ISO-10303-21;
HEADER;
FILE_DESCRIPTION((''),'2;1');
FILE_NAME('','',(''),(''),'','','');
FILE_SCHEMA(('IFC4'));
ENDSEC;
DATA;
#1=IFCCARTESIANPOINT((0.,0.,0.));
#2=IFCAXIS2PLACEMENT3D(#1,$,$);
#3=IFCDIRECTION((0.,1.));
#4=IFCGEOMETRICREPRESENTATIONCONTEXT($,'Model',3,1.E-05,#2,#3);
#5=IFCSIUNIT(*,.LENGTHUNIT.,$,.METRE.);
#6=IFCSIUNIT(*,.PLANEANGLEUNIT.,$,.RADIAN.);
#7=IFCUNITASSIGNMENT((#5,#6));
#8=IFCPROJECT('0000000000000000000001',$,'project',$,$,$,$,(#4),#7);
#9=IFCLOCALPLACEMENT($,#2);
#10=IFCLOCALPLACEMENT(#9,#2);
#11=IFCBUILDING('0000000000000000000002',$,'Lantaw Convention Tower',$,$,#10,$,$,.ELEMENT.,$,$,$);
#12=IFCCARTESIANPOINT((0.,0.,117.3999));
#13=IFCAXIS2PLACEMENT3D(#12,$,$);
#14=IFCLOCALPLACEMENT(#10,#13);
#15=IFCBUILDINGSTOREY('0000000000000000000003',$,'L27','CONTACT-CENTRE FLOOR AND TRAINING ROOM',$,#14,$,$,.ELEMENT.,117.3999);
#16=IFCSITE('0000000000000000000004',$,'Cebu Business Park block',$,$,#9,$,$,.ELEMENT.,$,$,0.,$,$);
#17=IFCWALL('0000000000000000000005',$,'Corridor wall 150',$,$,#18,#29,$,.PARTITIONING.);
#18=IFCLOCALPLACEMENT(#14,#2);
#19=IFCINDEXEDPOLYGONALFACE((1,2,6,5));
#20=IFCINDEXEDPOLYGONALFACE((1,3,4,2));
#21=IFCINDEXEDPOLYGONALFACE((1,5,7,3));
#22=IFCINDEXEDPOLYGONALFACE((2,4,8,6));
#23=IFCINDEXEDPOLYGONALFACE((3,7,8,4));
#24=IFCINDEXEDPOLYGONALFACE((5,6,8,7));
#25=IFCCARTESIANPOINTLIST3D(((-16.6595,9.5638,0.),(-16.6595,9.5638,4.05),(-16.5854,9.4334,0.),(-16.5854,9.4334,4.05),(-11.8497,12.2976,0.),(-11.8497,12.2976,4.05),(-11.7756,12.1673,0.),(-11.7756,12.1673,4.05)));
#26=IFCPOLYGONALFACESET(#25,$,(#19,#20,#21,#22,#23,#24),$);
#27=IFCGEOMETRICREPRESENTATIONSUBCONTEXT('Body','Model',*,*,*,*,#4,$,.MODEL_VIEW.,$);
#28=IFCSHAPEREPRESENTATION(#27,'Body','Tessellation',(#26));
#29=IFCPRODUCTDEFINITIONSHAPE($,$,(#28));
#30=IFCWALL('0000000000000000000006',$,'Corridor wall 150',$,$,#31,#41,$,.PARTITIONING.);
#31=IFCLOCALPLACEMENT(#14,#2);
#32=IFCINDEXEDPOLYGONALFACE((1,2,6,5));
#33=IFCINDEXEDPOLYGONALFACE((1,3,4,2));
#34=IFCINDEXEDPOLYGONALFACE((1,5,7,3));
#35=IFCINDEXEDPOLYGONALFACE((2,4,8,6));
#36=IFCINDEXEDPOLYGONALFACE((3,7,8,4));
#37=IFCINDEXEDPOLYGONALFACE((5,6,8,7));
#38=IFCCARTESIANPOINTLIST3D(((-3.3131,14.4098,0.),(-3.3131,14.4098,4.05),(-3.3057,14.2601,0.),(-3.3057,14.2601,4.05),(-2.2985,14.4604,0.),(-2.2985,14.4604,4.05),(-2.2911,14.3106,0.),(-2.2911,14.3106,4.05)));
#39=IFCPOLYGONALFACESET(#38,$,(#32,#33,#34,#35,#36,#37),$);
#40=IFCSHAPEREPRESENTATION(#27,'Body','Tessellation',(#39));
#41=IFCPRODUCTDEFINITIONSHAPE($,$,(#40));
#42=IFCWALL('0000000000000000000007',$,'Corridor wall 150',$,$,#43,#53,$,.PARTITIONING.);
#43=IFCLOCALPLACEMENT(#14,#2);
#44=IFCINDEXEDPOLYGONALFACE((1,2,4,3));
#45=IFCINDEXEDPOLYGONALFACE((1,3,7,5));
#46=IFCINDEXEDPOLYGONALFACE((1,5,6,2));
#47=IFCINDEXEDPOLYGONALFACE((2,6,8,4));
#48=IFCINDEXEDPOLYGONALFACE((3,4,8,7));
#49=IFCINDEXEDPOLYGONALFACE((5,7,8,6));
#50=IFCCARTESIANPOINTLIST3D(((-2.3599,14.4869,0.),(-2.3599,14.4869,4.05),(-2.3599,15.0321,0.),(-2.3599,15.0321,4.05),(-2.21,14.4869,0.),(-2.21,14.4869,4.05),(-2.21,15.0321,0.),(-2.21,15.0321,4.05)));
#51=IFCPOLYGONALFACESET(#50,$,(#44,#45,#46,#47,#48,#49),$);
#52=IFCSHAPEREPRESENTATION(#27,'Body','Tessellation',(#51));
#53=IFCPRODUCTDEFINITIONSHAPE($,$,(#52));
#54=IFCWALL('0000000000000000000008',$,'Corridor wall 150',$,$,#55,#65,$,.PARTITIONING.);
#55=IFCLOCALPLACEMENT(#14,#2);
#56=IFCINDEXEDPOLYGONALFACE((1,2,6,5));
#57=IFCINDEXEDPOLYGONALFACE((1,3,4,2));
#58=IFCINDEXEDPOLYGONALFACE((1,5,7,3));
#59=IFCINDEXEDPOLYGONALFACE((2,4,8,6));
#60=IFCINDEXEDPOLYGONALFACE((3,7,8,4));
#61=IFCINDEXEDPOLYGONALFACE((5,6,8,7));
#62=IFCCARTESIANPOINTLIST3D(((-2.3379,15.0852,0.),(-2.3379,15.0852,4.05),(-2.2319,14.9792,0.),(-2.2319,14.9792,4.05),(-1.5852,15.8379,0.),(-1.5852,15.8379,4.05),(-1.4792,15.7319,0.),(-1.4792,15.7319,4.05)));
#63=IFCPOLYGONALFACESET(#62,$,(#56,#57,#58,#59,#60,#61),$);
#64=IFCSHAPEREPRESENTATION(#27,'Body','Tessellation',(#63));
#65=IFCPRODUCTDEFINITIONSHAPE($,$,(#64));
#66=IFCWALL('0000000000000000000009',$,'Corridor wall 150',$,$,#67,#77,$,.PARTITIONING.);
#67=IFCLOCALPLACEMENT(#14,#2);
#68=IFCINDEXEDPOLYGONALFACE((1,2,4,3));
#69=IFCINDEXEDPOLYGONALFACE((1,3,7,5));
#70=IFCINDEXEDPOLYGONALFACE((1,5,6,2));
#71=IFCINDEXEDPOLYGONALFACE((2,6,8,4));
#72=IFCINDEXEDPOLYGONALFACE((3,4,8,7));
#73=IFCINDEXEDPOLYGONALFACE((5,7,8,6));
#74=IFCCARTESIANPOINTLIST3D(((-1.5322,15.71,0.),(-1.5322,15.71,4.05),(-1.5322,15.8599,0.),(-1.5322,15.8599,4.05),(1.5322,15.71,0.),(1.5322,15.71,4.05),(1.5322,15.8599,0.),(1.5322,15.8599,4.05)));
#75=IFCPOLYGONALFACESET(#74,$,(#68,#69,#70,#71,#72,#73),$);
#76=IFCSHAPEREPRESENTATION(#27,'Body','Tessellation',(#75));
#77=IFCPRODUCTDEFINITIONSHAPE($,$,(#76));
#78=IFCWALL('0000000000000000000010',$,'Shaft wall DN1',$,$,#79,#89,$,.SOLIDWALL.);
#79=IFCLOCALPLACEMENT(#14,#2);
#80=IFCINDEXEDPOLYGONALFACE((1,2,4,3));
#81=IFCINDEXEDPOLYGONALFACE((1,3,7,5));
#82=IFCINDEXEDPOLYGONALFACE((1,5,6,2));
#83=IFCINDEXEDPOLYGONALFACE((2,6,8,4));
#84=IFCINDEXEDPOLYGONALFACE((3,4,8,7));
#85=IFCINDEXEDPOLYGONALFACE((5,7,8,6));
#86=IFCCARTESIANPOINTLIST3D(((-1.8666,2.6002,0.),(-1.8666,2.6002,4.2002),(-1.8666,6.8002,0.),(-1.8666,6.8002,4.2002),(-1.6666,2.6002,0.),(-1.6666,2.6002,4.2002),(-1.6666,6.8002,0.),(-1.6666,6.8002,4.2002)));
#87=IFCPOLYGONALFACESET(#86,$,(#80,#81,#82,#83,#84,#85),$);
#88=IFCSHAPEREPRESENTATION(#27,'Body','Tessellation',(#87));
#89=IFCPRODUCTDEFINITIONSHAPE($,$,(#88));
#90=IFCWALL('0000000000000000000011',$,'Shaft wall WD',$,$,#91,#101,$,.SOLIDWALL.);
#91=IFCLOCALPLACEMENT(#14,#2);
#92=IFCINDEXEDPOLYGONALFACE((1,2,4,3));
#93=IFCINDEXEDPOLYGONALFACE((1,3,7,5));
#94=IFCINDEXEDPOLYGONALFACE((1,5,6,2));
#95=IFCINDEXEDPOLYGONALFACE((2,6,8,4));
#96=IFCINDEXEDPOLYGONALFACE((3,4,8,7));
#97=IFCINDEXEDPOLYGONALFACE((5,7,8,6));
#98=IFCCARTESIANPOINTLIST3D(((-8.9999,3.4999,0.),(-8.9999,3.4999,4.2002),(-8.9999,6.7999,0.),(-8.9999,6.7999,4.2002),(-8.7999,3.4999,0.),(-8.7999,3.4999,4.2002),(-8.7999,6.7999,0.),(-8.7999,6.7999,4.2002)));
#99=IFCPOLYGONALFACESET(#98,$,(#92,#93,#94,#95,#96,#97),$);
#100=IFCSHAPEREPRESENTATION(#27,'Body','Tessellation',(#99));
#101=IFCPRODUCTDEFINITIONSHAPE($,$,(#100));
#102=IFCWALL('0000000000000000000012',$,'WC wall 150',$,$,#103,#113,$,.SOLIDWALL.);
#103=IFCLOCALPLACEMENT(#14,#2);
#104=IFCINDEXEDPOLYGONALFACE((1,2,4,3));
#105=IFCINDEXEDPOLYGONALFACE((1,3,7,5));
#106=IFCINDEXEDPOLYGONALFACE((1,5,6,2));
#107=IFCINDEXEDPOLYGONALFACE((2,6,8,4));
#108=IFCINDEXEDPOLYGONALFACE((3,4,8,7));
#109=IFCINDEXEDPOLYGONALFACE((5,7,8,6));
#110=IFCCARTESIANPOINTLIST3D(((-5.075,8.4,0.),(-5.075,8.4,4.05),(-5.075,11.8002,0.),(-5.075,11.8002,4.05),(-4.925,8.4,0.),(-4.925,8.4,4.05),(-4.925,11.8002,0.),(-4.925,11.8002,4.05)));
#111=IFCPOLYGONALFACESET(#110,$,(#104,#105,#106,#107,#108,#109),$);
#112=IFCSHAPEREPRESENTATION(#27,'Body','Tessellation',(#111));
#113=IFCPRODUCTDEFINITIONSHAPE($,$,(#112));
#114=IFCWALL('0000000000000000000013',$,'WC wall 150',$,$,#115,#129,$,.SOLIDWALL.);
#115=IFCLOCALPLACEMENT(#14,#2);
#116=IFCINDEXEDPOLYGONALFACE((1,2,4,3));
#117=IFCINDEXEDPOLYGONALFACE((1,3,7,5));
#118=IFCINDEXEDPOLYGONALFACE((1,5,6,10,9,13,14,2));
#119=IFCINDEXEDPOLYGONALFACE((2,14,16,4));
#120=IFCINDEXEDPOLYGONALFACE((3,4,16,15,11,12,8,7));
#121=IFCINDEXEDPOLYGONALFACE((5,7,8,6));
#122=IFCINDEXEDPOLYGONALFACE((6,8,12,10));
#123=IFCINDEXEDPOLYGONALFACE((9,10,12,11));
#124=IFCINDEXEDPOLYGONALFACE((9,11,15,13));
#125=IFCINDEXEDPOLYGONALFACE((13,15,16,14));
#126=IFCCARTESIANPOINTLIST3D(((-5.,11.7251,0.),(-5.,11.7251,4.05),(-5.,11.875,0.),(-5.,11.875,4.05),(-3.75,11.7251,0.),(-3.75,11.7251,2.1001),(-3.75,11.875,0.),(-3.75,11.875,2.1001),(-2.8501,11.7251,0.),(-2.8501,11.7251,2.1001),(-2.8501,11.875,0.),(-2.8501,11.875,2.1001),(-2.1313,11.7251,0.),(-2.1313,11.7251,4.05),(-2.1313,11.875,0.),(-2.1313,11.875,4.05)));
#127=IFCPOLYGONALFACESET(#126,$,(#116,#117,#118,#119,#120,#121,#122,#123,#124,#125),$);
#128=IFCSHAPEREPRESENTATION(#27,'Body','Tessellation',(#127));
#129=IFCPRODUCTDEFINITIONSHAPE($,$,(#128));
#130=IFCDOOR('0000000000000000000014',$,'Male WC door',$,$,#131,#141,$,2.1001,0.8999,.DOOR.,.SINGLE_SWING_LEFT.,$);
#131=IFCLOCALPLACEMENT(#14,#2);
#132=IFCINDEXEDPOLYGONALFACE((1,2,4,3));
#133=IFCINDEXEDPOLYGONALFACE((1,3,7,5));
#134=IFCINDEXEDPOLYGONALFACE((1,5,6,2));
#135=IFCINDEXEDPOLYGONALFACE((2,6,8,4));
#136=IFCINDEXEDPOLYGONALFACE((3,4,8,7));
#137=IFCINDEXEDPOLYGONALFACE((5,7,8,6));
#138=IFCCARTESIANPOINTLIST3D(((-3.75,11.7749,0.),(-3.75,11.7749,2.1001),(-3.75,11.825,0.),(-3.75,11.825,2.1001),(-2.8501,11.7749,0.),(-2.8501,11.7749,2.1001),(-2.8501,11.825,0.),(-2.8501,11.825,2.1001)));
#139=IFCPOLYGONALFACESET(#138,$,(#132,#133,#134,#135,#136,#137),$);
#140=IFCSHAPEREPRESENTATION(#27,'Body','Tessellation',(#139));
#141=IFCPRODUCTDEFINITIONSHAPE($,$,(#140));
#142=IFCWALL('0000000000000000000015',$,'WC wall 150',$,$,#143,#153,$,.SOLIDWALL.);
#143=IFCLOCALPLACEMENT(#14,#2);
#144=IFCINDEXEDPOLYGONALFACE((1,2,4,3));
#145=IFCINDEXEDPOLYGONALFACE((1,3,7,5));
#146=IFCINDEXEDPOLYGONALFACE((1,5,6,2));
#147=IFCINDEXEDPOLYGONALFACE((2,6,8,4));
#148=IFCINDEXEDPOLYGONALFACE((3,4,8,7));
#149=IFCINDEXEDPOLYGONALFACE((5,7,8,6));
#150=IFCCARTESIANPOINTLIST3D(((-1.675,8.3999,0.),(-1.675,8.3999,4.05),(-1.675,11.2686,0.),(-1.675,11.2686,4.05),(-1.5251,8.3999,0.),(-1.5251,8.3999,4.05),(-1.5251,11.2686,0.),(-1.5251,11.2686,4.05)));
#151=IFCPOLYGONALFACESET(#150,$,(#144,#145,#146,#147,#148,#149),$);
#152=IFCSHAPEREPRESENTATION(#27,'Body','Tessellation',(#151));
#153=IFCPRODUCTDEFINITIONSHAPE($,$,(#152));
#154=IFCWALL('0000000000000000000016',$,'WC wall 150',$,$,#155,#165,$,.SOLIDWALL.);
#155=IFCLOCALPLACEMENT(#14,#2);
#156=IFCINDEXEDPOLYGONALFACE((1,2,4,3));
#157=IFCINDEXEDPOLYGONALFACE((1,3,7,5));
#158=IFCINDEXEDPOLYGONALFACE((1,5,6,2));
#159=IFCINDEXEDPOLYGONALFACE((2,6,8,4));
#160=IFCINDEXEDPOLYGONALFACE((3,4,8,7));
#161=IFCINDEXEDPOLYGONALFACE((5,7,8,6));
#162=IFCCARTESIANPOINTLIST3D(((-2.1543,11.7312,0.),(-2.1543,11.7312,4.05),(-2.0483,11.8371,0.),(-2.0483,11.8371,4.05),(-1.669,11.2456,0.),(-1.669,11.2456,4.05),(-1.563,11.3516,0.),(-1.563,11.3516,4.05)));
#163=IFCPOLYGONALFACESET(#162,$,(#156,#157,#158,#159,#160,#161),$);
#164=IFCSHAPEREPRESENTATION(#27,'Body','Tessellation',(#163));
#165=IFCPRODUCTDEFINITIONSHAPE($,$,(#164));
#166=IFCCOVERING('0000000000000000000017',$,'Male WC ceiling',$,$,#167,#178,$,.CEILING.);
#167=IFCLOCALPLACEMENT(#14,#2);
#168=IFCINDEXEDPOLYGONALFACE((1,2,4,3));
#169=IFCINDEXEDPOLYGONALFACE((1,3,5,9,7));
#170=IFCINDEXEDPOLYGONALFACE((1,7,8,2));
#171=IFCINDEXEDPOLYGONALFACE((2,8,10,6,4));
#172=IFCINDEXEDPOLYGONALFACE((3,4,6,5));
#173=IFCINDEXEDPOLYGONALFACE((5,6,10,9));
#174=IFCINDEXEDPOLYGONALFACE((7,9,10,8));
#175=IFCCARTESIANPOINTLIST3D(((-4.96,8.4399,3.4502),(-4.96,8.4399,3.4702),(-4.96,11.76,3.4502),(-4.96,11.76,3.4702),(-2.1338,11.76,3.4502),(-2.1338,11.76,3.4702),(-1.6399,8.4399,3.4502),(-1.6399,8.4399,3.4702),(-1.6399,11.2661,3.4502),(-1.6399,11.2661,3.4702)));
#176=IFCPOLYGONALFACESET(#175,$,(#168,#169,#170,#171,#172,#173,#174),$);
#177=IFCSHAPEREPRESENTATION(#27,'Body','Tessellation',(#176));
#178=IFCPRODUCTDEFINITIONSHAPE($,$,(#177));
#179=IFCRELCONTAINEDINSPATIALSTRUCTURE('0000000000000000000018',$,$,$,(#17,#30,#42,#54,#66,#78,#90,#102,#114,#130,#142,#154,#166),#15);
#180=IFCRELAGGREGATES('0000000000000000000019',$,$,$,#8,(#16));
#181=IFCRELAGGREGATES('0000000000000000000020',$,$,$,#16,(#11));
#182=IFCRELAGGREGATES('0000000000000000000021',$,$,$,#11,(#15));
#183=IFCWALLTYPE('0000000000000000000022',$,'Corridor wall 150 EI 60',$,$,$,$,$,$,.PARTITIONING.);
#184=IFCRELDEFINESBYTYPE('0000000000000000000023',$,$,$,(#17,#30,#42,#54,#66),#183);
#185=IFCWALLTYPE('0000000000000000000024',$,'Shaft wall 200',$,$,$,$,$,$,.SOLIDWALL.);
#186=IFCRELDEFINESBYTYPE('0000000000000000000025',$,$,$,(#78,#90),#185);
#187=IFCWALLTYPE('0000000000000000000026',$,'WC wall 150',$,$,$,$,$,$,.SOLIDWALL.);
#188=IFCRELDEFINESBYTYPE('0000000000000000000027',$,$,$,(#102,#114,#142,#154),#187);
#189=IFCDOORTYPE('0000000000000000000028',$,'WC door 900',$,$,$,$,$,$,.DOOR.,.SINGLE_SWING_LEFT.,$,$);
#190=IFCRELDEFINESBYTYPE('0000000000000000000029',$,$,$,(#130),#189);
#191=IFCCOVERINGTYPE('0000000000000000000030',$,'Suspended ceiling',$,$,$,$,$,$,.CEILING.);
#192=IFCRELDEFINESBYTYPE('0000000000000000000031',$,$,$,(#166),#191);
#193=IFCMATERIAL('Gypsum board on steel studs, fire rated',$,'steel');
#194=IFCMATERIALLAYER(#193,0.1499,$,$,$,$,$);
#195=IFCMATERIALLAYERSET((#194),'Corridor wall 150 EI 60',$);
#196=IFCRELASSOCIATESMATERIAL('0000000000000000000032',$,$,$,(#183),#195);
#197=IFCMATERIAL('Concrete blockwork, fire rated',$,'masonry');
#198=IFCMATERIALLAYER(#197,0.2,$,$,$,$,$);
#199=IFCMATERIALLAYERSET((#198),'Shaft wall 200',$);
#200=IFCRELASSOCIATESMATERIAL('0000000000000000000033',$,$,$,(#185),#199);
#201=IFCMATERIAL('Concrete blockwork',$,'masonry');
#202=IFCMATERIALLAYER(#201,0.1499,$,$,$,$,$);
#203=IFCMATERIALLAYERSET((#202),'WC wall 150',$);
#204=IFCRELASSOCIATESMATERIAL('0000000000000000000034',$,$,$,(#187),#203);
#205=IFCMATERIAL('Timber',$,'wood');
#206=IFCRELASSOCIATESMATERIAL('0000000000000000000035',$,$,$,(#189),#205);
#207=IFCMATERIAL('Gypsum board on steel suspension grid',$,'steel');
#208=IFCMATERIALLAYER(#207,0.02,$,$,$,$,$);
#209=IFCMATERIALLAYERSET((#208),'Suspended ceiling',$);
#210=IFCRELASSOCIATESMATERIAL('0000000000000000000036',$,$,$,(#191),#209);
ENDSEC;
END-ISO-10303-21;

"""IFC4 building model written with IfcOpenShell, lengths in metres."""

from ifc_helpers import new_model, si_unit, direction, frame, frame_2d, origin, place, context, subcontext, project, spatial, polyline, rectangle, outline, extrude, material, layer, layer_set, type_object, element, fill, save


model = new_model("IFC4")

# Units and contexts
model_context = context("Model", 3, precision=1e-05, world=origin(), true_north=direction((0.0, 1.0)))
body_context = subcontext(model_context, "Body", "Model", "MODEL_VIEW")
ifc_project = project(units=[si_unit("LENGTHUNIT", "METRE"), si_unit("PLANEANGLEUNIT", "RADIAN")], contexts=[model_context])

# Site, building, storey
site_placement = place(None, origin())
site = spatial("IfcSite", under=ifc_project, at=site_placement, Name="Cebu Business Park block", CompositionType="ELEMENT", RefElevation=0.0)
building_placement = place(site_placement, origin())
building = spatial("IfcBuilding", under=site, at=building_placement, Name="Lantaw Convention Tower", CompositionType="ELEMENT")
storey_placement = place(building_placement, frame((0.0, 0.0, 117.3999)))
storey = spatial("IfcBuildingStorey", under=building, at=storey_placement, Name="L27", Description="CONTACT-CENTRE FLOOR AND TRAINING ROOM", CompositionType="ELEMENT", Elevation=117.3999)

# Shared definitions
ifc_material_1 = material(Name="Gypsum board on steel studs, fire rated", Category="steel")
ifc_layer_1 = layer(ifc_material_1, 0.1499)
ifc_layer_set_1 = layer_set([ifc_layer_1], Name="Corridor wall 150 EI 60")
wall_type_1 = type_object("IfcWallType", Name="Corridor wall 150 EI 60", PredefinedType="PARTITIONING", material=ifc_layer_set_1)

# Walls
wall_1_placement = place(storey_placement, frame((-11.8127, 12.2324, 0.0), z_axis=(0.0, 0.0, 1.0), x_axis=(-0.869376, -0.494151, 0.0)))
element("IfcWall", 1, at=wall_1_placement, inside=storey, type_object=wall_type_1, Name="Corridor wall 150", PredefinedType="PARTITIONING", context=body_context, shape_type="SweptSolid", body=[
    extrude(rectangle(XDim=5.5325, YDim=0.1499, at=frame_2d((2.7661, 0.0))), origin(), (0.0, 0.0, 1.0), 4.05),
])
wall_2_placement = place(storey_placement, frame((-2.2949, 14.3855, 0.0), z_axis=(0.0, 0.0, 1.0), x_axis=(-0.998762, -0.049746, 0.0)))
element("IfcWall", 2, at=wall_2_placement, inside=storey, type_object=wall_type_1, Name="Corridor wall 150", PredefinedType="PARTITIONING", context=body_context, shape_type="SweptSolid", body=[
    extrude(rectangle(XDim=1.0159, YDim=0.1499, at=frame_2d((0.5078, 0.0))), origin(), (0.0, 0.0, 1.0), 4.05),
])
wall_3_placement = place(storey_placement, frame((-2.2849, 14.4871, 0.0), z_axis=(0.0, 0.0, 1.0), x_axis=(0.0, 1.0, 0.0)))
element("IfcWall", 3, at=wall_3_placement, inside=storey, type_object=wall_type_1, Name="Corridor wall 150", PredefinedType="PARTITIONING", context=body_context, shape_type="SweptSolid", body=[
    extrude(rectangle(XDim=0.5452, YDim=0.1499, at=frame_2d((0.2725, 0.0))), origin(), (0.0, 0.0, 1.0), 4.05),
])
wall_4_placement = place(storey_placement, frame((-2.2849, 15.0322, 0.0), z_axis=(0.0, 0.0, 1.0), x_axis=(0.707107, 0.707107, 0.0)))
element("IfcWall", 4, at=wall_4_placement, inside=storey, type_object=wall_type_1, Name="Corridor wall 150", PredefinedType="PARTITIONING", context=body_context, shape_type="SweptSolid", body=[
    extrude(rectangle(XDim=1.0645, YDim=0.1499, at=frame_2d((0.5322, 0.0))), origin(), (0.0, 0.0, 1.0), 4.05),
])
wall_5_placement = place(storey_placement, frame((-1.5322, 15.7849, 0.0), z_axis=(0.0, 0.0, 1.0), x_axis=(1.0, 0.0, 0.0)))
element("IfcWall", 5, at=wall_5_placement, inside=storey, type_object=wall_type_1, Name="Corridor wall 150", PredefinedType="PARTITIONING", context=body_context, shape_type="SweptSolid", body=[
    extrude(rectangle(XDim=3.0645, YDim=0.1499, at=frame_2d((1.5322, 0.0))), origin(), (0.0, 0.0, 1.0), 4.05),
])
ifc_material_2 = material(Name="Concrete blockwork, fire rated", Category="masonry")
ifc_layer_2 = layer(ifc_material_2, 0.2)
ifc_layer_set_2 = layer_set([ifc_layer_2], Name="Shaft wall 200")
wall_type_2 = type_object("IfcWallType", Name="Shaft wall 200", PredefinedType="SOLIDWALL", material=ifc_layer_set_2)
wall_6_placement = place(storey_placement, frame((-1.7666, 2.6001, 0.0), z_axis=(0.0, 0.0, 1.0), x_axis=(0.0, 1.0, 0.0)))
element("IfcWall", 6, at=wall_6_placement, inside=storey, type_object=wall_type_2, Name="Shaft wall DN1", PredefinedType="SOLIDWALL", context=body_context, shape_type="SweptSolid", body=[
    extrude(rectangle(XDim=4.2, YDim=0.2, at=frame_2d((2.1001, 0.0))), origin(), (0.0, 0.0, 1.0), 4.2002),
])
wall_7_placement = place(storey_placement, frame((-8.8999, 3.5, 0.0), z_axis=(0.0, 0.0, 1.0), x_axis=(0.0, 1.0, 0.0)))
element("IfcWall", 7, at=wall_7_placement, inside=storey, type_object=wall_type_2, Name="Shaft wall WD", PredefinedType="SOLIDWALL", context=body_context, shape_type="SweptSolid", body=[
    extrude(rectangle(XDim=3.3, YDim=0.2, at=frame_2d((1.6499, 0.0))), origin(), (0.0, 0.0, 1.0), 4.2002),
])
ifc_material_3 = material(Name="Concrete blockwork", Category="masonry")
ifc_layer_3 = layer(ifc_material_3, 0.1499)
ifc_layer_set_3 = layer_set([ifc_layer_3], Name="WC wall 150")
wall_type_3 = type_object("IfcWallType", Name="WC wall 150", PredefinedType="SOLIDWALL", material=ifc_layer_set_3)
wall_8_placement = place(storey_placement, frame((-5.0, 8.3999, 0.0), z_axis=(0.0, 0.0, 1.0), x_axis=(0.0, 1.0, 0.0)))
element("IfcWall", 8, at=wall_8_placement, inside=storey, type_object=wall_type_3, Name="WC wall 150", PredefinedType="SOLIDWALL", context=body_context, shape_type="SweptSolid", body=[
    extrude(rectangle(XDim=3.4001, YDim=0.1499, at=frame_2d((1.7002, 0.0))), origin(), (0.0, 0.0, 1.0), 4.05),
])

# Wall, opening, door
wall_9_placement = place(storey_placement, frame((-5.0, 11.8, 0.0), z_axis=(0.0, 0.0, 1.0), x_axis=(1.0, 0.0, 0.0)))
wall_9 = element("IfcWall", 9, at=wall_9_placement, inside=storey, type_object=wall_type_3, Name="WC wall 150", PredefinedType="SOLIDWALL", context=body_context, shape_type="SweptSolid", body=[
    extrude(rectangle(XDim=2.8687, YDim=0.1499, at=frame_2d((1.4343, 0.0))), origin(), (0.0, 0.0, 1.0), 4.05),
])
opening_1_placement = place(wall_9_placement, frame((1.25, 0.0, 0.0)))
opening_1 = element("IfcOpeningElement", 10, at=opening_1_placement, cuts=wall_9, PredefinedType="OPENING", context=body_context, shape_type="SweptSolid", body=[
    extrude(rectangle(XDim=0.8999, YDim=2.1001, at=frame_2d((0.45, 1.05))), frame((0.0, 0.085, 0.0), z_axis=(0.0, -1.0, 0.0), x_axis=(1.0, 0.0, 0.0)), (0.0, 0.0, 1.0), 0.1699),
])
ifc_material_4 = material(Name="Timber", Category="wood")
door_type_1 = type_object("IfcDoorType", Name="WC door 900", OperationType="SINGLE_SWING_LEFT", PredefinedType="DOOR", material=ifc_material_4)
door_1_placement = place(opening_1_placement, origin())
door_1 = element("IfcDoor", 11, at=door_1_placement, inside=storey, type_object=door_type_1, Name="Male WC door", OperationType="SINGLE_SWING_LEFT", OverallHeight=2.1001, OverallWidth=0.8999, PredefinedType="DOOR", context=body_context, shape_type="SweptSolid", body=[
    extrude(rectangle(XDim=0.8999, YDim=2.1001, at=frame_2d((0.45, 1.05))), frame((0.0, 0.0249, 0.0), z_axis=(0.0, -1.0, 0.0), x_axis=(1.0, 0.0, 0.0)), (0.0, 0.0, 1.0), 0.05),
])
fill(opening_1, door_1)

# Walls
wall_10_placement = place(storey_placement, frame((-1.6001, 8.3999, 0.0), z_axis=(0.0, 0.0, 1.0), x_axis=(0.0, 1.0, 0.0)))
element("IfcWall", 12, at=wall_10_placement, inside=storey, type_object=wall_type_3, Name="WC wall 150", PredefinedType="SOLIDWALL", context=body_context, shape_type="SweptSolid", body=[
    extrude(rectangle(XDim=2.8687, YDim=0.1499, at=frame_2d((1.4343, 0.0))), origin(), (0.0, 0.0, 1.0), 4.05),
])
wall_11_placement = place(storey_placement, frame((-1.616, 11.2986, 0.0), z_axis=(0.0, 0.0, 1.0), x_axis=(-0.706929, 0.707285, 0.0)))
element("IfcWall", 13, at=wall_11_placement, inside=storey, type_object=wall_type_3, Name="WC wall 150", PredefinedType="SOLIDWALL", context=body_context, shape_type="SweptSolid", body=[
    extrude(rectangle(XDim=0.6865, YDim=0.1499, at=frame_2d((0.3433, 0.0))), origin(), (0.0, 0.0, 1.0), 4.05),
])

# Covering
ifc_material_5 = material(Name="Gypsum board on steel suspension grid", Category="steel")
ifc_layer_4 = layer(ifc_material_5, 0.02)
ifc_layer_set_4 = layer_set([ifc_layer_4], Name="Suspended ceiling")
covering_type = type_object("IfcCoveringType", Name="Suspended ceiling", PredefinedType="CEILING", material=ifc_layer_set_4)
covering_1_placement = place(storey_placement, frame((0.0, 0.0, 3.4502)))
element("IfcCovering", 14, at=covering_1_placement, inside=storey, type_object=covering_type, Name="Male WC ceiling", PredefinedType="CEILING", context=body_context, shape_type="SweptSolid", body=[
    extrude(outline(polyline([(-4.96, 11.76), (-4.96, 8.4399), (-1.6399, 8.4399), (-1.6399, 11.2661), (-2.1338, 11.76), (-4.96, 11.76)])), origin(), (0.0, 0.0, 1.0), 0.02),
])

save(model, "model.ifc")
